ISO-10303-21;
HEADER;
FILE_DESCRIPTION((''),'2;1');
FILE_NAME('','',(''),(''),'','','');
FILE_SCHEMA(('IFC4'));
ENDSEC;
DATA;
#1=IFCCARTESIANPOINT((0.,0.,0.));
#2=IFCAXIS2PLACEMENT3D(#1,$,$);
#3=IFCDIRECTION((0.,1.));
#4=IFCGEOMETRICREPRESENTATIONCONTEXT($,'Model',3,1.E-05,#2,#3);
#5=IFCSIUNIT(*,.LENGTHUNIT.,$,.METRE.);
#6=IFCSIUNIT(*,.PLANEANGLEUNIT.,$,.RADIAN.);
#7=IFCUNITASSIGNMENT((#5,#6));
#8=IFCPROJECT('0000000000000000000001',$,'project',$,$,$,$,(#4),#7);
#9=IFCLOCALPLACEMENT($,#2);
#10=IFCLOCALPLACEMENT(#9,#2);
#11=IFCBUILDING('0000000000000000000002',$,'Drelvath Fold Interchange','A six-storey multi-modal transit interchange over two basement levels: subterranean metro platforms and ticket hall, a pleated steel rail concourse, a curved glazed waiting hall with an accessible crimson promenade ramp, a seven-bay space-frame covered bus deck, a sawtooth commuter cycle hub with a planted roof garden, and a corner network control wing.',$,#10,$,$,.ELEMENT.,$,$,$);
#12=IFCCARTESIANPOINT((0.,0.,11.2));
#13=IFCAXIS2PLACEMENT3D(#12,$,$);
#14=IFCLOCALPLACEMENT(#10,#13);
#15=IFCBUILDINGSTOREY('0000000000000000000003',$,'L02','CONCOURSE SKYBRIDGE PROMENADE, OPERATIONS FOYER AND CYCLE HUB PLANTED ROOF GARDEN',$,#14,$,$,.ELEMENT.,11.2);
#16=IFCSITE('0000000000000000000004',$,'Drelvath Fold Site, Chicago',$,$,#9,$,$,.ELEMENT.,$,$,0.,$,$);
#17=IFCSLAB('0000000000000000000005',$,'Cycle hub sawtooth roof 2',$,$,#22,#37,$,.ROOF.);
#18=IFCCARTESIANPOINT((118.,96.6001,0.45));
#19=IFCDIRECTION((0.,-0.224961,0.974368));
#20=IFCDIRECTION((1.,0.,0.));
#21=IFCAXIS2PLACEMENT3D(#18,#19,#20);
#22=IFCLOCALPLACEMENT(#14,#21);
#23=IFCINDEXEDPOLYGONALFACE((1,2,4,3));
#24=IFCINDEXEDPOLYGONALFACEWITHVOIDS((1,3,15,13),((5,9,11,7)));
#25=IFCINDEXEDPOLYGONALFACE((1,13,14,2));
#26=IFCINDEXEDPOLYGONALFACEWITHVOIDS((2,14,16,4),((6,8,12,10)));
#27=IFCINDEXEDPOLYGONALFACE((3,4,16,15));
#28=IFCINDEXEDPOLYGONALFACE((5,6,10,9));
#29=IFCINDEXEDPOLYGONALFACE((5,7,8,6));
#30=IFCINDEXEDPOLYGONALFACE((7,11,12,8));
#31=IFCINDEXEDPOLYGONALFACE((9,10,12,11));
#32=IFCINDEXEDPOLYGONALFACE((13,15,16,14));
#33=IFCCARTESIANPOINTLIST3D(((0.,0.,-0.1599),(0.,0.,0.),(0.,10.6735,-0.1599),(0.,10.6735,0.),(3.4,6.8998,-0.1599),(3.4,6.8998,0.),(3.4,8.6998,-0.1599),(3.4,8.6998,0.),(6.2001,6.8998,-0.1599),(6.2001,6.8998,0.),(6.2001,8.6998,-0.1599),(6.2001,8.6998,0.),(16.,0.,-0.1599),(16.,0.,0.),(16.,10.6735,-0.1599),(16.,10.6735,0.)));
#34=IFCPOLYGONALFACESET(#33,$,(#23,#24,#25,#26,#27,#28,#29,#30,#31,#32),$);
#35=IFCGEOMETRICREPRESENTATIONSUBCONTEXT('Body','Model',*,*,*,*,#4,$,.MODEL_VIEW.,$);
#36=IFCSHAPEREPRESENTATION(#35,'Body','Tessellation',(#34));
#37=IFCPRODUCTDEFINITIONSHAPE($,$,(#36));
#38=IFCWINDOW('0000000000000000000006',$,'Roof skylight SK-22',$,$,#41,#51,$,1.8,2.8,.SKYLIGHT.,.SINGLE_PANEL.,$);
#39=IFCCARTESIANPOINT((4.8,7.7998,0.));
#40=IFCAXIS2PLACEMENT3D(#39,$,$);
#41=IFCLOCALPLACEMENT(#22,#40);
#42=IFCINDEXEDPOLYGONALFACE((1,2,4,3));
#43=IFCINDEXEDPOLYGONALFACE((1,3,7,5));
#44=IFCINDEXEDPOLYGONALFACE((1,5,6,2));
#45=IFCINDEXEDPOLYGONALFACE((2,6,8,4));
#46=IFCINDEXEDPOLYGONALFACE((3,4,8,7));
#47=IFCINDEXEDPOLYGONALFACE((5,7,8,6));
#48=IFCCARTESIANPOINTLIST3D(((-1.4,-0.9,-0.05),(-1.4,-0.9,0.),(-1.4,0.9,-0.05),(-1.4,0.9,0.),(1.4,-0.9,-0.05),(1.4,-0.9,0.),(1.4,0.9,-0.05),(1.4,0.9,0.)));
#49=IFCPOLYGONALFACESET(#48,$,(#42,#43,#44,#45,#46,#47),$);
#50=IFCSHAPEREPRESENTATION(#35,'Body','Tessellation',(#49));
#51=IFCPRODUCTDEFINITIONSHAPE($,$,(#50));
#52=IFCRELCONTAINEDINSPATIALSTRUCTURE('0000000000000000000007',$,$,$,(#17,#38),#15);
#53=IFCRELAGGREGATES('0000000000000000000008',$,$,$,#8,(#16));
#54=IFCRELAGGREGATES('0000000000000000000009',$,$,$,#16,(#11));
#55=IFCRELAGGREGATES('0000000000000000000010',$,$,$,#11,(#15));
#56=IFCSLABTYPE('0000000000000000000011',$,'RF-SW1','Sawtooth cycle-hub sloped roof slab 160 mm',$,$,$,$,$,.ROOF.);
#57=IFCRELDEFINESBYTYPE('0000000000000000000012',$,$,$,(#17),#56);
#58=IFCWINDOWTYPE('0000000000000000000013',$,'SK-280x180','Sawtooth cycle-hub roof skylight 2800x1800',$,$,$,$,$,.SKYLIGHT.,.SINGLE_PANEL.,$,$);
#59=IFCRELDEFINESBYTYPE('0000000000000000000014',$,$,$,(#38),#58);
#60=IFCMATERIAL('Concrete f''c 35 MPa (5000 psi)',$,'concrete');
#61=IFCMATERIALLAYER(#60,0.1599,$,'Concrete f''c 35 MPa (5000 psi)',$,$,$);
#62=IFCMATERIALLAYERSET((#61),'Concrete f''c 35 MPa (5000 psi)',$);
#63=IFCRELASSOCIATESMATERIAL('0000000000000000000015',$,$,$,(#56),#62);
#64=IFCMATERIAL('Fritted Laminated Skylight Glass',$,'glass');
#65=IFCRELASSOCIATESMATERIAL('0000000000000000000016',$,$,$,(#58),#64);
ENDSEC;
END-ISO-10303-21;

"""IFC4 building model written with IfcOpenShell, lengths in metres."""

from ifc_helpers import new_model, si_unit, direction, frame, origin, origin_2d, place, context, subcontext, project, spatial, polyline, rectangle, outline, extrude, material, layer, layer_set, type_object, element, fill, save


model = new_model("IFC4")

# Units and contexts
model_context = context("Model", 3, precision=1e-05, world=origin(), true_north=direction((0.0, 1.0)))
body_context = subcontext(model_context, "Body", "Model", "MODEL_VIEW")
ifc_project = project(units=[si_unit("LENGTHUNIT", "METRE"), si_unit("PLANEANGLEUNIT", "RADIAN")], contexts=[model_context])

# Site, building, storey
site_placement = place(None, origin())
site = spatial("IfcSite", under=ifc_project, at=site_placement, Name="Drelvath Fold Site, Chicago", CompositionType="ELEMENT", RefElevation=0.0)
building_placement = place(site_placement, origin())
building = spatial("IfcBuilding", under=site, at=building_placement, Name="Drelvath Fold Interchange", Description="A six-storey multi-modal transit interchange over two basement levels: subterranean metro platforms and ticket hall, a pleated steel rail concourse, a curved glazed waiting hall with an accessible crimson promenade ramp, a seven-bay space-frame covered bus deck, a sawtooth commuter cycle hub with a planted roof garden, and a corner network control wing.", CompositionType="ELEMENT")
storey_placement = place(building_placement, frame((0.0, 0.0, 11.2)))
storey = spatial("IfcBuildingStorey", under=building, at=storey_placement, Name="L02", Description="CONCOURSE SKYBRIDGE PROMENADE, OPERATIONS FOYER AND CYCLE HUB PLANTED ROOF GARDEN", CompositionType="ELEMENT", Elevation=11.2)

# Slab, opening, window
ifc_material_1 = material(Name="Concrete f'c 35 MPa (5000 psi)", Category="concrete")
ifc_layer_1 = layer(ifc_material_1, 0.1599, Name="Concrete f'c 35 MPa (5000 psi)")
ifc_layer_set_1 = layer_set([ifc_layer_1], Name="Concrete f'c 35 MPa (5000 psi)")
slab_type = type_object("IfcSlabType", Name="RF-SW1", Description="Sawtooth cycle-hub sloped roof slab 160 mm", PredefinedType="ROOF", material=ifc_layer_set_1)
slab_placement = place(storey_placement, frame((118.0, 96.6001, 0.45), z_axis=(0.0, -0.224961, 0.974368), x_axis=(1.0, 0.0, 0.0)))
slab = element("IfcSlab", 1, at=slab_placement, inside=storey, type_object=slab_type, Name="Cycle hub sawtooth roof 2", PredefinedType="ROOF", context=body_context, shape_type="SweptSolid", body=[
    extrude(outline(polyline([(0.0, 0.0), (16.0, 0.0), (16.0, 10.6735), (0.0, 10.6735), (0.0, 0.0)])), origin(), (0.0, 0.0, -1.0), 0.1599),
])
opening_1_placement = place(slab_placement, frame((4.8, 7.7998, 0.01)))
opening_1 = element("IfcOpeningElement", 2, at=opening_1_placement, cuts=slab, PredefinedType="OPENING", context=body_context, shape_type="SweptSolid", body=[
    extrude(rectangle(XDim=2.8, YDim=1.8, at=origin_2d()), origin(), (0.0, 0.0, -1.0), 0.1799),
])
ifc_material_2 = material(Name="Fritted Laminated Skylight Glass", Category="glass")
window_type = type_object("IfcWindowType", Name="SK-280x180", Description="Sawtooth cycle-hub roof skylight 2800x1800", PartitioningType="SINGLE_PANEL", PredefinedType="SKYLIGHT", material=ifc_material_2)
window_placement = place(slab_placement, frame((4.8, 7.7998, 0.0)))
window = element("IfcWindow", 3, at=window_placement, inside=storey, type_object=window_type, Name="Roof skylight SK-22", OverallHeight=1.8, OverallWidth=2.8, PartitioningType="SINGLE_PANEL", PredefinedType="SKYLIGHT", context=body_context, shape_type="SweptSolid", body=[
    extrude(rectangle(XDim=2.8, YDim=1.8, at=origin_2d()), origin(), (0.0, 0.0, -1.0), 0.05),
])
fill(opening_1, window)

save(model, "model.ifc")
